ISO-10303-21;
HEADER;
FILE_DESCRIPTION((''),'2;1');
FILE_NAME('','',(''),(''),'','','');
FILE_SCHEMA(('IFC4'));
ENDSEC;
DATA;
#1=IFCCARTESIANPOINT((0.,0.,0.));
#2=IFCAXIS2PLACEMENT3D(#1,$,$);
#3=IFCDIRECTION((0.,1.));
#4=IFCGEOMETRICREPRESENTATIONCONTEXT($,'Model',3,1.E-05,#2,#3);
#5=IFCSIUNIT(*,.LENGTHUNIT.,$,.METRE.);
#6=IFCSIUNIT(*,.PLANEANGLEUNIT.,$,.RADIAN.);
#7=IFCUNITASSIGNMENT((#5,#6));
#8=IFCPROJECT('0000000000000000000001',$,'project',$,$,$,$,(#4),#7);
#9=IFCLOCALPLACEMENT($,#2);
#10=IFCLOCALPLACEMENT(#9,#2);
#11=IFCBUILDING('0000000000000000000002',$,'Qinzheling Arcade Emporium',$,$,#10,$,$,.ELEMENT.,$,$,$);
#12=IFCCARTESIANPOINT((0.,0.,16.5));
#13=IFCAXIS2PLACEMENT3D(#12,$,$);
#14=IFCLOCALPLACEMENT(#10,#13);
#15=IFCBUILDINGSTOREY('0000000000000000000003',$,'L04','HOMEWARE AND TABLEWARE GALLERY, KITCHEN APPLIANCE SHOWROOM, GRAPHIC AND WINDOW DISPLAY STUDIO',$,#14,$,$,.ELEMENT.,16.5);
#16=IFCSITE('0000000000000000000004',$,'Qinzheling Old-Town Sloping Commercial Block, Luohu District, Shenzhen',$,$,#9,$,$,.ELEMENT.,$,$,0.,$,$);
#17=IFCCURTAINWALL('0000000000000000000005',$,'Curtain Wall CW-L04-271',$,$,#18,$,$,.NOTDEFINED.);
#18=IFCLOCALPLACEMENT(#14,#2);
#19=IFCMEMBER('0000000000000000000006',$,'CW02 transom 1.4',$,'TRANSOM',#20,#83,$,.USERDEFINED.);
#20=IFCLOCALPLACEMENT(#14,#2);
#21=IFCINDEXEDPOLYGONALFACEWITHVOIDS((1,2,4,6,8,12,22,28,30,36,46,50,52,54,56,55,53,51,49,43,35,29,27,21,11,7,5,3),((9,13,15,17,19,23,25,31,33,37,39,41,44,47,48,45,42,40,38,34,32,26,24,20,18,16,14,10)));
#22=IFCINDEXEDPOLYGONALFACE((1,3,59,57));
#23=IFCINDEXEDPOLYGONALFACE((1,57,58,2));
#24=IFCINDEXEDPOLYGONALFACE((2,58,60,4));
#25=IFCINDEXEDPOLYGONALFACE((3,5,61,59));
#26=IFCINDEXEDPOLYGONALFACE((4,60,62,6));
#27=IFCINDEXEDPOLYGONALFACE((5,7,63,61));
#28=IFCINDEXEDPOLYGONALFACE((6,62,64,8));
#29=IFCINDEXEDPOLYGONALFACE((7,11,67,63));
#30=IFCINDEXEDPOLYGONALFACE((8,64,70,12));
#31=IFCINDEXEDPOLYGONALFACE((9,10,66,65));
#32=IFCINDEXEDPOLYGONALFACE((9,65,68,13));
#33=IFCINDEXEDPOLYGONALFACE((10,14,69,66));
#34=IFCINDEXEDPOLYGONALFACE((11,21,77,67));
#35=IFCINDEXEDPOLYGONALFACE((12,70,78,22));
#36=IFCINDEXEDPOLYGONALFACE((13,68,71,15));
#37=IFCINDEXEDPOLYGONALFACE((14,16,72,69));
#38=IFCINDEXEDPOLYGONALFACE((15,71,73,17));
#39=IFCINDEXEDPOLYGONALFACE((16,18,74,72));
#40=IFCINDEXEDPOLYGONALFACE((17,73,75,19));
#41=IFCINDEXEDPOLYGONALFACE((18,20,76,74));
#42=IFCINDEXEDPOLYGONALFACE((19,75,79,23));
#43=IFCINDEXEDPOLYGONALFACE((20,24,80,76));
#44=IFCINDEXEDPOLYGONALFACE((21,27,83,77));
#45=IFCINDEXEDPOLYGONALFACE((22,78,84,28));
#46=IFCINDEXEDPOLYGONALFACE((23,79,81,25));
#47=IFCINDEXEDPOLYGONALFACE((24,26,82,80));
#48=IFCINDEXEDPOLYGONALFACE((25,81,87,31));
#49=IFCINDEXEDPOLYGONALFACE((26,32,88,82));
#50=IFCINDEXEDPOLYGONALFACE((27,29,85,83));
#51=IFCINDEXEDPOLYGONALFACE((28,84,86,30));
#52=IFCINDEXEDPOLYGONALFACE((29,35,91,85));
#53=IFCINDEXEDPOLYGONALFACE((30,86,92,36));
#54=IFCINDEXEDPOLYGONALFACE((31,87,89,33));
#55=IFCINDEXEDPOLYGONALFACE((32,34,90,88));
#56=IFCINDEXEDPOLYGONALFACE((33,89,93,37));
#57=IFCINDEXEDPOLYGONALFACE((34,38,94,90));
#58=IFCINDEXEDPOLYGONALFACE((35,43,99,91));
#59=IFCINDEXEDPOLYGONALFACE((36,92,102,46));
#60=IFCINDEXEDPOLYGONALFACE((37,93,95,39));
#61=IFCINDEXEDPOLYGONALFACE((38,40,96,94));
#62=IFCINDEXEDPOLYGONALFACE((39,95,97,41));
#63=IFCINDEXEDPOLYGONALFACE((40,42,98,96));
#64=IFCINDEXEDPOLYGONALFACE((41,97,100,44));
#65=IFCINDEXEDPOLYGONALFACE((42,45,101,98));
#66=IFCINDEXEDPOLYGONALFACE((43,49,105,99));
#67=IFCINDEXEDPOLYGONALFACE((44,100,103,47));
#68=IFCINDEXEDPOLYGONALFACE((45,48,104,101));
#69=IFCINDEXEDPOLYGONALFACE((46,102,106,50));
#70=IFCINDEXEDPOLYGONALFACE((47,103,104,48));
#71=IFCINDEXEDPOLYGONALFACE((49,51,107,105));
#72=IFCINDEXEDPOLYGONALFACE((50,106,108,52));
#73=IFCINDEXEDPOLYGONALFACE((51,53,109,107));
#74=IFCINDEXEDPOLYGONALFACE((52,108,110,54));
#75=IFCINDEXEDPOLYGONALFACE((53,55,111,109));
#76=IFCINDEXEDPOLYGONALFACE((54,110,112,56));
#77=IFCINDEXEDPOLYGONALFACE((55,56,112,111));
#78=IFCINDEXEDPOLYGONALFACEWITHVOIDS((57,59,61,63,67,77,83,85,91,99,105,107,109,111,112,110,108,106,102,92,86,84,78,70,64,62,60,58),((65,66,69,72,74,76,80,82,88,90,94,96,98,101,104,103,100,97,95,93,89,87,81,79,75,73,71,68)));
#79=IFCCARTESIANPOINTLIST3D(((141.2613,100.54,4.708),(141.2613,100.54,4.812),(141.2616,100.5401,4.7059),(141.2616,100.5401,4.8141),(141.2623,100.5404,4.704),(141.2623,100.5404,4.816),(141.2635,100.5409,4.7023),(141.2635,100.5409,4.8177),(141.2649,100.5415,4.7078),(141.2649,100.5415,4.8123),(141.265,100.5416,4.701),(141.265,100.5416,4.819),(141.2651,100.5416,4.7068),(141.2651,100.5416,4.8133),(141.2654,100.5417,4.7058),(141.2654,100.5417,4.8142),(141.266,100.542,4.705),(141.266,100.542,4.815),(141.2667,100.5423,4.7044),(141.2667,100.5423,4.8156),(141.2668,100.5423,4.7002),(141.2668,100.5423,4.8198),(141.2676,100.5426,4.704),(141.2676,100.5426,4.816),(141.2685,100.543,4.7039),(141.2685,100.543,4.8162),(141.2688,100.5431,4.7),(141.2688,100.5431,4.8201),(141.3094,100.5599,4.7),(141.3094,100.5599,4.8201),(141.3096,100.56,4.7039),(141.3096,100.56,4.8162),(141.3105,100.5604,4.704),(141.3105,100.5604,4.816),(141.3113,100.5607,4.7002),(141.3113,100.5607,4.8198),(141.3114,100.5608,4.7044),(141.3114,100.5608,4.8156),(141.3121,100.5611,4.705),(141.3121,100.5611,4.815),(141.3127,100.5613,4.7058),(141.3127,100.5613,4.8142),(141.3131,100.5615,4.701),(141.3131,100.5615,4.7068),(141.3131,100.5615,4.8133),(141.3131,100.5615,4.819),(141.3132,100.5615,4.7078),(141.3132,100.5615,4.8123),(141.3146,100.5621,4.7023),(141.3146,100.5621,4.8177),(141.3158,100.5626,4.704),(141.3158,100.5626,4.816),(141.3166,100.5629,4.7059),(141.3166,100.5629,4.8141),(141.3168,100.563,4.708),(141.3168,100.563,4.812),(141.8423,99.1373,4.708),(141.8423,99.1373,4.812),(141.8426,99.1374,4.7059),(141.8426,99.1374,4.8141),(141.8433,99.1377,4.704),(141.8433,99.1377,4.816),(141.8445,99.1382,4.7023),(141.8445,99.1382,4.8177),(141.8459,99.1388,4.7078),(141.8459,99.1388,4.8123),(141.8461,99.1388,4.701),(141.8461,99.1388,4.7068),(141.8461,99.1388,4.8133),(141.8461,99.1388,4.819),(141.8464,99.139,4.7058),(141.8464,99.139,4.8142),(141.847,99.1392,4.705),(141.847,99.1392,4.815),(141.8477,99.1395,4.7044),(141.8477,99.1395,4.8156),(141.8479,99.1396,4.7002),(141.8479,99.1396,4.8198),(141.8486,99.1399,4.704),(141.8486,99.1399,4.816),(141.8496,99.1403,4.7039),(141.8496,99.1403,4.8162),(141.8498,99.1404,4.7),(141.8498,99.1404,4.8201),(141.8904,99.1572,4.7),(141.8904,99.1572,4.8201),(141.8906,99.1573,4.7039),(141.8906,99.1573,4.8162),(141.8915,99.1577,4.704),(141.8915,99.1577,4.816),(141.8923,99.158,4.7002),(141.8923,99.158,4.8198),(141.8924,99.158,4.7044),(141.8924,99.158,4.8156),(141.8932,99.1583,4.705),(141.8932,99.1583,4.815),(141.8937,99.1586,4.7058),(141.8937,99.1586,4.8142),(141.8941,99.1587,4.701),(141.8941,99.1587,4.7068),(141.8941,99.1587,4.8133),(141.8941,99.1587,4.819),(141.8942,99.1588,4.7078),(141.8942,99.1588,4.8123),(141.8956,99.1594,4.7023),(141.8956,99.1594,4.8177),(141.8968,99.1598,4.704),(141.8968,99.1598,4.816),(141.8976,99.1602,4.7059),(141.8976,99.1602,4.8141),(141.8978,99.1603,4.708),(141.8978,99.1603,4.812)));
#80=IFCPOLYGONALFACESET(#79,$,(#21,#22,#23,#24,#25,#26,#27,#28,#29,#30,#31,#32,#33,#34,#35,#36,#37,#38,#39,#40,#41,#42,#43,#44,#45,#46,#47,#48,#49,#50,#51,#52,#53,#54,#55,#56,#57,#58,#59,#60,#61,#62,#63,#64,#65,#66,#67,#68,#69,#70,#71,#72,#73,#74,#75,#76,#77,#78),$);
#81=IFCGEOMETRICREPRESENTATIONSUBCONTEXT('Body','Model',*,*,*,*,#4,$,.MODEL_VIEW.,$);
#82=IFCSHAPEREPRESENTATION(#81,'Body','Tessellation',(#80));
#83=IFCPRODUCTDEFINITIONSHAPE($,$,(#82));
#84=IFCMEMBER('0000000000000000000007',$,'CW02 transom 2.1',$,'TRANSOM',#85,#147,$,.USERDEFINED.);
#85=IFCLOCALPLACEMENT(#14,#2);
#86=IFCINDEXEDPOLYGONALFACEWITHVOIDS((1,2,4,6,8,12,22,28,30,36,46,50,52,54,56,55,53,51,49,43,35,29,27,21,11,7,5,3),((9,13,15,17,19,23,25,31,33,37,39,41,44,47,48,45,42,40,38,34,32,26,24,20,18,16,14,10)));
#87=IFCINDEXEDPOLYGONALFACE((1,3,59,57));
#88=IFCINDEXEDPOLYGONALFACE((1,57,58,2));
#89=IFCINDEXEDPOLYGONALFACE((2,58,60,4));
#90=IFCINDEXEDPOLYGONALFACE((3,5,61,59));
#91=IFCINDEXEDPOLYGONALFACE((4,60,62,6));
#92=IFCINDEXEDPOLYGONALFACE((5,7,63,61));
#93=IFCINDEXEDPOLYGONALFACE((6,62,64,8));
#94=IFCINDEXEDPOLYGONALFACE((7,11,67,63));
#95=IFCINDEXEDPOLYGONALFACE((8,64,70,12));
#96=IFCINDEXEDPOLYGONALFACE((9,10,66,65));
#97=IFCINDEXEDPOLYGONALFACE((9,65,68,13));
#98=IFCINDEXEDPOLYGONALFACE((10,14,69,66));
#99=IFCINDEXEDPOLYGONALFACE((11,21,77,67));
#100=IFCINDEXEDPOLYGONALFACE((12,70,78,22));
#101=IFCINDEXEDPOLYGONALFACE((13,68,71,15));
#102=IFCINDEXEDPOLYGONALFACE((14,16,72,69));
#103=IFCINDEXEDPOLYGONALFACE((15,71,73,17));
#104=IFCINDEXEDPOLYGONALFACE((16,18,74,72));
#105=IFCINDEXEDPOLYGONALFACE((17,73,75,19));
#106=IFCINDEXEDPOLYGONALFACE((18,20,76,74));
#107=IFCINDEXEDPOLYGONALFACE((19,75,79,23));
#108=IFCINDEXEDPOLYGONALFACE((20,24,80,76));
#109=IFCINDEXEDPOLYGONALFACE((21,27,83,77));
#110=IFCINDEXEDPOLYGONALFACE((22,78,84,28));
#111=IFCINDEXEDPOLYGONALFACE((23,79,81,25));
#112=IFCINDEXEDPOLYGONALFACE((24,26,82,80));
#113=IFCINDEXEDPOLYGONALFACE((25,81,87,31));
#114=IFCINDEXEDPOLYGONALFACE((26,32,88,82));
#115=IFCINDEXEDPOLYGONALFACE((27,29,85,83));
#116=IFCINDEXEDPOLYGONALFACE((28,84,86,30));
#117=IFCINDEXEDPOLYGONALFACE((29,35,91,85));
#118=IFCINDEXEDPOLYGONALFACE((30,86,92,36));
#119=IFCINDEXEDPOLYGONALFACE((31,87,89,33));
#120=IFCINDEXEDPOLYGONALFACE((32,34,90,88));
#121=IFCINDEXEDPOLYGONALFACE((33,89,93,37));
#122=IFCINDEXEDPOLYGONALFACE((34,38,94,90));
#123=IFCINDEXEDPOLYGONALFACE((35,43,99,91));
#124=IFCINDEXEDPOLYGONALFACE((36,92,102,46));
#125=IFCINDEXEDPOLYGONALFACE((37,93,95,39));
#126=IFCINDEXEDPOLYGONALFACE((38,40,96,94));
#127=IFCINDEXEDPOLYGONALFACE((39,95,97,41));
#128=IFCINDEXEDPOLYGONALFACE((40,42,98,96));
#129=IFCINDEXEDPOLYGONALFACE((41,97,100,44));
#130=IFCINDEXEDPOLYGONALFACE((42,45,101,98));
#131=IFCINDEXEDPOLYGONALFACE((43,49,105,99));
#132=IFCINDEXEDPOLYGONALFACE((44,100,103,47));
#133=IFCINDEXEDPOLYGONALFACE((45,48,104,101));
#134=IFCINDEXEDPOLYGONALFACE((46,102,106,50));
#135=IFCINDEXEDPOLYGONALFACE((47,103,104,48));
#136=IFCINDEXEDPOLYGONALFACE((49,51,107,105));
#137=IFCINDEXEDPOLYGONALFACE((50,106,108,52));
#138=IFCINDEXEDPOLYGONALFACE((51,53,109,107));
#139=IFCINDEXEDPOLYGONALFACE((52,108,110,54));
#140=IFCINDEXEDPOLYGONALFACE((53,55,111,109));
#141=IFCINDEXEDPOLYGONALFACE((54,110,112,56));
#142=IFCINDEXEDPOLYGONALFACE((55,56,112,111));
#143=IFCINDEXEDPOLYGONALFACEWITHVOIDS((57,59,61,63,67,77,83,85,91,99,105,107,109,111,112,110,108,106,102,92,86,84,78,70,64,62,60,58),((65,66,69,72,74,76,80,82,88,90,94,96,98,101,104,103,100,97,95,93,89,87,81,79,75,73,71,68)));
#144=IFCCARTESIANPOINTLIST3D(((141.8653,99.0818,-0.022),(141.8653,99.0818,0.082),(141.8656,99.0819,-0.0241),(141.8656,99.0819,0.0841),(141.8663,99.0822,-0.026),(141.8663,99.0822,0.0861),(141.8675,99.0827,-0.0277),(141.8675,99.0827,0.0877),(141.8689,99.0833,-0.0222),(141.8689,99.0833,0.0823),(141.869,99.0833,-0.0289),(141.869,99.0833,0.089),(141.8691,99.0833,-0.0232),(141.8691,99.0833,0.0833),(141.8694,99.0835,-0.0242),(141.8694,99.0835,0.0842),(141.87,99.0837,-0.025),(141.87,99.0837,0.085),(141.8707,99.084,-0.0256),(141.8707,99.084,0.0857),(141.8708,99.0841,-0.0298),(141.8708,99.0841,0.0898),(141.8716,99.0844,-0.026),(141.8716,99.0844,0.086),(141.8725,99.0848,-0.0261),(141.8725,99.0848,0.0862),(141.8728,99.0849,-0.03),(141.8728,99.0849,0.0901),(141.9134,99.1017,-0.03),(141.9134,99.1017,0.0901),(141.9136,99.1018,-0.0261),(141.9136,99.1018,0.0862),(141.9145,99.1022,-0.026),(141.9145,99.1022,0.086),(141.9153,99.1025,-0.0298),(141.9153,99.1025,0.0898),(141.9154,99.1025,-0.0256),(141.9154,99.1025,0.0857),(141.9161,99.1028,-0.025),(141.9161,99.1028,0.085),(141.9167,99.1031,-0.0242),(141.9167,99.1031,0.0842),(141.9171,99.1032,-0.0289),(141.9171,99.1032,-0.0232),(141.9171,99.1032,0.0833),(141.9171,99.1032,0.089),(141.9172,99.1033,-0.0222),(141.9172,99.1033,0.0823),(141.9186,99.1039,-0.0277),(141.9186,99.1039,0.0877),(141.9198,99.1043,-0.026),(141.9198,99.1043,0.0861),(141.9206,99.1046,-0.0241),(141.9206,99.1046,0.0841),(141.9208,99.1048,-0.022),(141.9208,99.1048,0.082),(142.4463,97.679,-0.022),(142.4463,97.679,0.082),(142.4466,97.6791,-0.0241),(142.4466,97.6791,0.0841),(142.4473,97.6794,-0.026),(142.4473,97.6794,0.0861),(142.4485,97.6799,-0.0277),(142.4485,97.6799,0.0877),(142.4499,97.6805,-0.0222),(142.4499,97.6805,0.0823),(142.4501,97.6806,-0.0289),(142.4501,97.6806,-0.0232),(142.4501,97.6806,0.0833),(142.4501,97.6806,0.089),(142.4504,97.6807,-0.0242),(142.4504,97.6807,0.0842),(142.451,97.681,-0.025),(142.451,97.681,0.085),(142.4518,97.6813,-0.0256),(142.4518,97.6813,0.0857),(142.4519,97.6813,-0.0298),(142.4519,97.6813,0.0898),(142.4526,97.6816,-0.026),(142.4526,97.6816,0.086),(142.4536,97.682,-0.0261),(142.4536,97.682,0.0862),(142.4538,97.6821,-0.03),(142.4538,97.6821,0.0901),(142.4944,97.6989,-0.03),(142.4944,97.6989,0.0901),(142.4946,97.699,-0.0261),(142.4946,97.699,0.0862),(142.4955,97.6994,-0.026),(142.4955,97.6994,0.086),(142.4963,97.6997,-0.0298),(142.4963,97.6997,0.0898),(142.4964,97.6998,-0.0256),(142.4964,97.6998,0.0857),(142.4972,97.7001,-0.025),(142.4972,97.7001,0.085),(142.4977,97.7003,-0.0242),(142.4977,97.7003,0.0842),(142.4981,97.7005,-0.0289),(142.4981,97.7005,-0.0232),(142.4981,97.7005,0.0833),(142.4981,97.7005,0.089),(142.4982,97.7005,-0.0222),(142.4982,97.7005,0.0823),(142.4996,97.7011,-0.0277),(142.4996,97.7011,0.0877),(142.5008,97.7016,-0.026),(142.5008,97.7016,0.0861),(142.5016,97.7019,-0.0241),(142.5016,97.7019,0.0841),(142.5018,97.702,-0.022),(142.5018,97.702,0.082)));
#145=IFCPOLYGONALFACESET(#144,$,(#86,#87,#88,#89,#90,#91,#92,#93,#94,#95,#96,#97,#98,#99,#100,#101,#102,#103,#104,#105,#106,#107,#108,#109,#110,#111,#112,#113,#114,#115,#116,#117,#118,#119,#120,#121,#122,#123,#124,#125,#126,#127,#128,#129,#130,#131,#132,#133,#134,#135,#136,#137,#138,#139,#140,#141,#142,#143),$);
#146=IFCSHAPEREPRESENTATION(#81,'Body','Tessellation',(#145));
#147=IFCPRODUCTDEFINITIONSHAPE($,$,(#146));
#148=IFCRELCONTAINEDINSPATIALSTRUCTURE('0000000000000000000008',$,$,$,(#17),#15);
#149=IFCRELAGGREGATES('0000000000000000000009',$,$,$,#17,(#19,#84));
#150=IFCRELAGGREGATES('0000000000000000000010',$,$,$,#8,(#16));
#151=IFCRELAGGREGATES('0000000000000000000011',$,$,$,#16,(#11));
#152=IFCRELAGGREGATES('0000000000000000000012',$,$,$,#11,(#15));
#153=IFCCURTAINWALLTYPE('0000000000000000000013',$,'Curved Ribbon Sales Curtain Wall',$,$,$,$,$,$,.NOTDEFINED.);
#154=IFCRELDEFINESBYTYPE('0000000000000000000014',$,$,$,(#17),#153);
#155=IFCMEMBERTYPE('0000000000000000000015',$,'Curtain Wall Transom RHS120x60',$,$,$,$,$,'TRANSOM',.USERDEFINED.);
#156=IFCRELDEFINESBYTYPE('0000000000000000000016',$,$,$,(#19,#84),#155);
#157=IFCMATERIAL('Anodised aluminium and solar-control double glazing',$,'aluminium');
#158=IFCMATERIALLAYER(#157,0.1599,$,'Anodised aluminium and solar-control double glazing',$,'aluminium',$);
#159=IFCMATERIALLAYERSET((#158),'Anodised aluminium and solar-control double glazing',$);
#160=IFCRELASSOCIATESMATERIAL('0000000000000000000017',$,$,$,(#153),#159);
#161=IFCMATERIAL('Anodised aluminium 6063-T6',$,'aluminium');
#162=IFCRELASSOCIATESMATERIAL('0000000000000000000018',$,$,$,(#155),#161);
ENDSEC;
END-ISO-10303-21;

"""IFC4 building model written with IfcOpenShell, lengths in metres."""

from ifc_helpers import new_model, si_unit, direction, frame, origin, origin_2d, place, context, subcontext, project, spatial, hollow_rectangle, extrude, material, layer, layer_set, material_profile, profile_set, type_object, element, aggregate, save


model = new_model("IFC4")

# Units and contexts
model_context = context("Model", 3, precision=1e-05, world=origin(), true_north=direction((0.0, 1.0)))
body_context = subcontext(model_context, "Body", "Model", "MODEL_VIEW")
ifc_project = project(units=[si_unit("LENGTHUNIT", "METRE"), si_unit("PLANEANGLEUNIT", "RADIAN")], contexts=[model_context])

# Site, building, storey
site_placement = place(None, origin())
site = spatial("IfcSite", under=ifc_project, at=site_placement, Name="Qinzheling Old-Town Sloping Commercial Block, Luohu District, Shenzhen", CompositionType="ELEMENT", RefElevation=0.0)
building_placement = place(site_placement, origin())
building = spatial("IfcBuilding", under=site, at=building_placement, Name="Qinzheling Arcade Emporium", CompositionType="ELEMENT")
storey_placement = place(building_placement, frame((0.0, 0.0, 16.5)))
storey = spatial("IfcBuildingStorey", under=building, at=storey_placement, Name="L04", Description="HOMEWARE AND TABLEWARE GALLERY, KITCHEN APPLIANCE SHOWROOM, GRAPHIC AND WINDOW DISPLAY STUDIO", CompositionType="ELEMENT", Elevation=16.5)

# Shared definitions
ifc_material_1 = material(Name="Anodised aluminium and solar-control double glazing", Category="aluminium")
ifc_layer_1 = layer(ifc_material_1, 0.1599, Name="Anodised aluminium and solar-control double glazing", Category="aluminium")
ifc_layer_set_1 = layer_set([ifc_layer_1], Name="Anodised aluminium and solar-control double glazing")
curtain_wall_type = type_object("IfcCurtainWallType", Name="Curved Ribbon Sales Curtain Wall", PredefinedType="NOTDEFINED", material=ifc_layer_set_1)
ifc_material_2 = material(Name="Anodised aluminium 6063-T6", Category="aluminium")

# Curtain wall
curtain_wall_1_placement = place(storey_placement, origin())
curtain_wall_1 = element("IfcCurtainWall", 1, at=curtain_wall_1_placement, inside=storey, type_object=curtain_wall_type, Name="Curtain Wall CW-L04-271", PredefinedType="NOTDEFINED")

# Members
ifc_material_profile_1 = material_profile(ifc_material_2, hollow_rectangle(XDim=0.0601, YDim=0.1201, WallThickness=0.0039, InnerFilletRadius=0.0039, OuterFilletRadius=0.0081, at=origin_2d()), Name="RHS 120x60x4", Category="aluminium")
ifc_profile_set_1 = profile_set([ifc_material_profile_1], Name="Anodised aluminium 6063-T6")
member_type_1 = type_object("IfcMemberType", Name="Curtain Wall Transom RHS120x60", ElementType="TRANSOM", PredefinedType="USERDEFINED", material=ifc_profile_set_1)
member_1_placement = place(storey_placement, frame((141.2891, 100.5515, 4.76), z_axis=(0.382674, -0.923884, 0.0), x_axis=(0.923884, 0.382674, 0.0)))
member_1 = element("IfcMember", 2, at=member_1_placement, type_object=member_type_1, Name="CW02 transom 1.4", ObjectType="TRANSOM", PredefinedType="USERDEFINED", context=body_context, shape_type="SweptSolid", body=[
    extrude(hollow_rectangle(XDim=0.0601, YDim=0.1201, WallThickness=0.0039, InnerFilletRadius=0.0039, OuterFilletRadius=0.0081, at=origin_2d()), origin(), (0.0, 0.0, 1.0), 1.5183),
])
member_2_placement = place(storey_placement, frame((141.8931, 99.0933, 0.03), z_axis=(0.382674, -0.923884, 0.0), x_axis=(0.923884, 0.382674, 0.0)))
member_2 = element("IfcMember", 3, at=member_2_placement, type_object=member_type_1, Name="CW02 transom 2.1", ObjectType="TRANSOM", PredefinedType="USERDEFINED", context=body_context, shape_type="SweptSolid", body=[
    extrude(hollow_rectangle(XDim=0.0601, YDim=0.1201, WallThickness=0.0039, InnerFilletRadius=0.0039, OuterFilletRadius=0.0081, at=origin_2d()), origin(), (0.0, 0.0, 1.0), 1.5183),
])

aggregate(curtain_wall_1, [member_1, member_2])

save(model, "model.ifc")
